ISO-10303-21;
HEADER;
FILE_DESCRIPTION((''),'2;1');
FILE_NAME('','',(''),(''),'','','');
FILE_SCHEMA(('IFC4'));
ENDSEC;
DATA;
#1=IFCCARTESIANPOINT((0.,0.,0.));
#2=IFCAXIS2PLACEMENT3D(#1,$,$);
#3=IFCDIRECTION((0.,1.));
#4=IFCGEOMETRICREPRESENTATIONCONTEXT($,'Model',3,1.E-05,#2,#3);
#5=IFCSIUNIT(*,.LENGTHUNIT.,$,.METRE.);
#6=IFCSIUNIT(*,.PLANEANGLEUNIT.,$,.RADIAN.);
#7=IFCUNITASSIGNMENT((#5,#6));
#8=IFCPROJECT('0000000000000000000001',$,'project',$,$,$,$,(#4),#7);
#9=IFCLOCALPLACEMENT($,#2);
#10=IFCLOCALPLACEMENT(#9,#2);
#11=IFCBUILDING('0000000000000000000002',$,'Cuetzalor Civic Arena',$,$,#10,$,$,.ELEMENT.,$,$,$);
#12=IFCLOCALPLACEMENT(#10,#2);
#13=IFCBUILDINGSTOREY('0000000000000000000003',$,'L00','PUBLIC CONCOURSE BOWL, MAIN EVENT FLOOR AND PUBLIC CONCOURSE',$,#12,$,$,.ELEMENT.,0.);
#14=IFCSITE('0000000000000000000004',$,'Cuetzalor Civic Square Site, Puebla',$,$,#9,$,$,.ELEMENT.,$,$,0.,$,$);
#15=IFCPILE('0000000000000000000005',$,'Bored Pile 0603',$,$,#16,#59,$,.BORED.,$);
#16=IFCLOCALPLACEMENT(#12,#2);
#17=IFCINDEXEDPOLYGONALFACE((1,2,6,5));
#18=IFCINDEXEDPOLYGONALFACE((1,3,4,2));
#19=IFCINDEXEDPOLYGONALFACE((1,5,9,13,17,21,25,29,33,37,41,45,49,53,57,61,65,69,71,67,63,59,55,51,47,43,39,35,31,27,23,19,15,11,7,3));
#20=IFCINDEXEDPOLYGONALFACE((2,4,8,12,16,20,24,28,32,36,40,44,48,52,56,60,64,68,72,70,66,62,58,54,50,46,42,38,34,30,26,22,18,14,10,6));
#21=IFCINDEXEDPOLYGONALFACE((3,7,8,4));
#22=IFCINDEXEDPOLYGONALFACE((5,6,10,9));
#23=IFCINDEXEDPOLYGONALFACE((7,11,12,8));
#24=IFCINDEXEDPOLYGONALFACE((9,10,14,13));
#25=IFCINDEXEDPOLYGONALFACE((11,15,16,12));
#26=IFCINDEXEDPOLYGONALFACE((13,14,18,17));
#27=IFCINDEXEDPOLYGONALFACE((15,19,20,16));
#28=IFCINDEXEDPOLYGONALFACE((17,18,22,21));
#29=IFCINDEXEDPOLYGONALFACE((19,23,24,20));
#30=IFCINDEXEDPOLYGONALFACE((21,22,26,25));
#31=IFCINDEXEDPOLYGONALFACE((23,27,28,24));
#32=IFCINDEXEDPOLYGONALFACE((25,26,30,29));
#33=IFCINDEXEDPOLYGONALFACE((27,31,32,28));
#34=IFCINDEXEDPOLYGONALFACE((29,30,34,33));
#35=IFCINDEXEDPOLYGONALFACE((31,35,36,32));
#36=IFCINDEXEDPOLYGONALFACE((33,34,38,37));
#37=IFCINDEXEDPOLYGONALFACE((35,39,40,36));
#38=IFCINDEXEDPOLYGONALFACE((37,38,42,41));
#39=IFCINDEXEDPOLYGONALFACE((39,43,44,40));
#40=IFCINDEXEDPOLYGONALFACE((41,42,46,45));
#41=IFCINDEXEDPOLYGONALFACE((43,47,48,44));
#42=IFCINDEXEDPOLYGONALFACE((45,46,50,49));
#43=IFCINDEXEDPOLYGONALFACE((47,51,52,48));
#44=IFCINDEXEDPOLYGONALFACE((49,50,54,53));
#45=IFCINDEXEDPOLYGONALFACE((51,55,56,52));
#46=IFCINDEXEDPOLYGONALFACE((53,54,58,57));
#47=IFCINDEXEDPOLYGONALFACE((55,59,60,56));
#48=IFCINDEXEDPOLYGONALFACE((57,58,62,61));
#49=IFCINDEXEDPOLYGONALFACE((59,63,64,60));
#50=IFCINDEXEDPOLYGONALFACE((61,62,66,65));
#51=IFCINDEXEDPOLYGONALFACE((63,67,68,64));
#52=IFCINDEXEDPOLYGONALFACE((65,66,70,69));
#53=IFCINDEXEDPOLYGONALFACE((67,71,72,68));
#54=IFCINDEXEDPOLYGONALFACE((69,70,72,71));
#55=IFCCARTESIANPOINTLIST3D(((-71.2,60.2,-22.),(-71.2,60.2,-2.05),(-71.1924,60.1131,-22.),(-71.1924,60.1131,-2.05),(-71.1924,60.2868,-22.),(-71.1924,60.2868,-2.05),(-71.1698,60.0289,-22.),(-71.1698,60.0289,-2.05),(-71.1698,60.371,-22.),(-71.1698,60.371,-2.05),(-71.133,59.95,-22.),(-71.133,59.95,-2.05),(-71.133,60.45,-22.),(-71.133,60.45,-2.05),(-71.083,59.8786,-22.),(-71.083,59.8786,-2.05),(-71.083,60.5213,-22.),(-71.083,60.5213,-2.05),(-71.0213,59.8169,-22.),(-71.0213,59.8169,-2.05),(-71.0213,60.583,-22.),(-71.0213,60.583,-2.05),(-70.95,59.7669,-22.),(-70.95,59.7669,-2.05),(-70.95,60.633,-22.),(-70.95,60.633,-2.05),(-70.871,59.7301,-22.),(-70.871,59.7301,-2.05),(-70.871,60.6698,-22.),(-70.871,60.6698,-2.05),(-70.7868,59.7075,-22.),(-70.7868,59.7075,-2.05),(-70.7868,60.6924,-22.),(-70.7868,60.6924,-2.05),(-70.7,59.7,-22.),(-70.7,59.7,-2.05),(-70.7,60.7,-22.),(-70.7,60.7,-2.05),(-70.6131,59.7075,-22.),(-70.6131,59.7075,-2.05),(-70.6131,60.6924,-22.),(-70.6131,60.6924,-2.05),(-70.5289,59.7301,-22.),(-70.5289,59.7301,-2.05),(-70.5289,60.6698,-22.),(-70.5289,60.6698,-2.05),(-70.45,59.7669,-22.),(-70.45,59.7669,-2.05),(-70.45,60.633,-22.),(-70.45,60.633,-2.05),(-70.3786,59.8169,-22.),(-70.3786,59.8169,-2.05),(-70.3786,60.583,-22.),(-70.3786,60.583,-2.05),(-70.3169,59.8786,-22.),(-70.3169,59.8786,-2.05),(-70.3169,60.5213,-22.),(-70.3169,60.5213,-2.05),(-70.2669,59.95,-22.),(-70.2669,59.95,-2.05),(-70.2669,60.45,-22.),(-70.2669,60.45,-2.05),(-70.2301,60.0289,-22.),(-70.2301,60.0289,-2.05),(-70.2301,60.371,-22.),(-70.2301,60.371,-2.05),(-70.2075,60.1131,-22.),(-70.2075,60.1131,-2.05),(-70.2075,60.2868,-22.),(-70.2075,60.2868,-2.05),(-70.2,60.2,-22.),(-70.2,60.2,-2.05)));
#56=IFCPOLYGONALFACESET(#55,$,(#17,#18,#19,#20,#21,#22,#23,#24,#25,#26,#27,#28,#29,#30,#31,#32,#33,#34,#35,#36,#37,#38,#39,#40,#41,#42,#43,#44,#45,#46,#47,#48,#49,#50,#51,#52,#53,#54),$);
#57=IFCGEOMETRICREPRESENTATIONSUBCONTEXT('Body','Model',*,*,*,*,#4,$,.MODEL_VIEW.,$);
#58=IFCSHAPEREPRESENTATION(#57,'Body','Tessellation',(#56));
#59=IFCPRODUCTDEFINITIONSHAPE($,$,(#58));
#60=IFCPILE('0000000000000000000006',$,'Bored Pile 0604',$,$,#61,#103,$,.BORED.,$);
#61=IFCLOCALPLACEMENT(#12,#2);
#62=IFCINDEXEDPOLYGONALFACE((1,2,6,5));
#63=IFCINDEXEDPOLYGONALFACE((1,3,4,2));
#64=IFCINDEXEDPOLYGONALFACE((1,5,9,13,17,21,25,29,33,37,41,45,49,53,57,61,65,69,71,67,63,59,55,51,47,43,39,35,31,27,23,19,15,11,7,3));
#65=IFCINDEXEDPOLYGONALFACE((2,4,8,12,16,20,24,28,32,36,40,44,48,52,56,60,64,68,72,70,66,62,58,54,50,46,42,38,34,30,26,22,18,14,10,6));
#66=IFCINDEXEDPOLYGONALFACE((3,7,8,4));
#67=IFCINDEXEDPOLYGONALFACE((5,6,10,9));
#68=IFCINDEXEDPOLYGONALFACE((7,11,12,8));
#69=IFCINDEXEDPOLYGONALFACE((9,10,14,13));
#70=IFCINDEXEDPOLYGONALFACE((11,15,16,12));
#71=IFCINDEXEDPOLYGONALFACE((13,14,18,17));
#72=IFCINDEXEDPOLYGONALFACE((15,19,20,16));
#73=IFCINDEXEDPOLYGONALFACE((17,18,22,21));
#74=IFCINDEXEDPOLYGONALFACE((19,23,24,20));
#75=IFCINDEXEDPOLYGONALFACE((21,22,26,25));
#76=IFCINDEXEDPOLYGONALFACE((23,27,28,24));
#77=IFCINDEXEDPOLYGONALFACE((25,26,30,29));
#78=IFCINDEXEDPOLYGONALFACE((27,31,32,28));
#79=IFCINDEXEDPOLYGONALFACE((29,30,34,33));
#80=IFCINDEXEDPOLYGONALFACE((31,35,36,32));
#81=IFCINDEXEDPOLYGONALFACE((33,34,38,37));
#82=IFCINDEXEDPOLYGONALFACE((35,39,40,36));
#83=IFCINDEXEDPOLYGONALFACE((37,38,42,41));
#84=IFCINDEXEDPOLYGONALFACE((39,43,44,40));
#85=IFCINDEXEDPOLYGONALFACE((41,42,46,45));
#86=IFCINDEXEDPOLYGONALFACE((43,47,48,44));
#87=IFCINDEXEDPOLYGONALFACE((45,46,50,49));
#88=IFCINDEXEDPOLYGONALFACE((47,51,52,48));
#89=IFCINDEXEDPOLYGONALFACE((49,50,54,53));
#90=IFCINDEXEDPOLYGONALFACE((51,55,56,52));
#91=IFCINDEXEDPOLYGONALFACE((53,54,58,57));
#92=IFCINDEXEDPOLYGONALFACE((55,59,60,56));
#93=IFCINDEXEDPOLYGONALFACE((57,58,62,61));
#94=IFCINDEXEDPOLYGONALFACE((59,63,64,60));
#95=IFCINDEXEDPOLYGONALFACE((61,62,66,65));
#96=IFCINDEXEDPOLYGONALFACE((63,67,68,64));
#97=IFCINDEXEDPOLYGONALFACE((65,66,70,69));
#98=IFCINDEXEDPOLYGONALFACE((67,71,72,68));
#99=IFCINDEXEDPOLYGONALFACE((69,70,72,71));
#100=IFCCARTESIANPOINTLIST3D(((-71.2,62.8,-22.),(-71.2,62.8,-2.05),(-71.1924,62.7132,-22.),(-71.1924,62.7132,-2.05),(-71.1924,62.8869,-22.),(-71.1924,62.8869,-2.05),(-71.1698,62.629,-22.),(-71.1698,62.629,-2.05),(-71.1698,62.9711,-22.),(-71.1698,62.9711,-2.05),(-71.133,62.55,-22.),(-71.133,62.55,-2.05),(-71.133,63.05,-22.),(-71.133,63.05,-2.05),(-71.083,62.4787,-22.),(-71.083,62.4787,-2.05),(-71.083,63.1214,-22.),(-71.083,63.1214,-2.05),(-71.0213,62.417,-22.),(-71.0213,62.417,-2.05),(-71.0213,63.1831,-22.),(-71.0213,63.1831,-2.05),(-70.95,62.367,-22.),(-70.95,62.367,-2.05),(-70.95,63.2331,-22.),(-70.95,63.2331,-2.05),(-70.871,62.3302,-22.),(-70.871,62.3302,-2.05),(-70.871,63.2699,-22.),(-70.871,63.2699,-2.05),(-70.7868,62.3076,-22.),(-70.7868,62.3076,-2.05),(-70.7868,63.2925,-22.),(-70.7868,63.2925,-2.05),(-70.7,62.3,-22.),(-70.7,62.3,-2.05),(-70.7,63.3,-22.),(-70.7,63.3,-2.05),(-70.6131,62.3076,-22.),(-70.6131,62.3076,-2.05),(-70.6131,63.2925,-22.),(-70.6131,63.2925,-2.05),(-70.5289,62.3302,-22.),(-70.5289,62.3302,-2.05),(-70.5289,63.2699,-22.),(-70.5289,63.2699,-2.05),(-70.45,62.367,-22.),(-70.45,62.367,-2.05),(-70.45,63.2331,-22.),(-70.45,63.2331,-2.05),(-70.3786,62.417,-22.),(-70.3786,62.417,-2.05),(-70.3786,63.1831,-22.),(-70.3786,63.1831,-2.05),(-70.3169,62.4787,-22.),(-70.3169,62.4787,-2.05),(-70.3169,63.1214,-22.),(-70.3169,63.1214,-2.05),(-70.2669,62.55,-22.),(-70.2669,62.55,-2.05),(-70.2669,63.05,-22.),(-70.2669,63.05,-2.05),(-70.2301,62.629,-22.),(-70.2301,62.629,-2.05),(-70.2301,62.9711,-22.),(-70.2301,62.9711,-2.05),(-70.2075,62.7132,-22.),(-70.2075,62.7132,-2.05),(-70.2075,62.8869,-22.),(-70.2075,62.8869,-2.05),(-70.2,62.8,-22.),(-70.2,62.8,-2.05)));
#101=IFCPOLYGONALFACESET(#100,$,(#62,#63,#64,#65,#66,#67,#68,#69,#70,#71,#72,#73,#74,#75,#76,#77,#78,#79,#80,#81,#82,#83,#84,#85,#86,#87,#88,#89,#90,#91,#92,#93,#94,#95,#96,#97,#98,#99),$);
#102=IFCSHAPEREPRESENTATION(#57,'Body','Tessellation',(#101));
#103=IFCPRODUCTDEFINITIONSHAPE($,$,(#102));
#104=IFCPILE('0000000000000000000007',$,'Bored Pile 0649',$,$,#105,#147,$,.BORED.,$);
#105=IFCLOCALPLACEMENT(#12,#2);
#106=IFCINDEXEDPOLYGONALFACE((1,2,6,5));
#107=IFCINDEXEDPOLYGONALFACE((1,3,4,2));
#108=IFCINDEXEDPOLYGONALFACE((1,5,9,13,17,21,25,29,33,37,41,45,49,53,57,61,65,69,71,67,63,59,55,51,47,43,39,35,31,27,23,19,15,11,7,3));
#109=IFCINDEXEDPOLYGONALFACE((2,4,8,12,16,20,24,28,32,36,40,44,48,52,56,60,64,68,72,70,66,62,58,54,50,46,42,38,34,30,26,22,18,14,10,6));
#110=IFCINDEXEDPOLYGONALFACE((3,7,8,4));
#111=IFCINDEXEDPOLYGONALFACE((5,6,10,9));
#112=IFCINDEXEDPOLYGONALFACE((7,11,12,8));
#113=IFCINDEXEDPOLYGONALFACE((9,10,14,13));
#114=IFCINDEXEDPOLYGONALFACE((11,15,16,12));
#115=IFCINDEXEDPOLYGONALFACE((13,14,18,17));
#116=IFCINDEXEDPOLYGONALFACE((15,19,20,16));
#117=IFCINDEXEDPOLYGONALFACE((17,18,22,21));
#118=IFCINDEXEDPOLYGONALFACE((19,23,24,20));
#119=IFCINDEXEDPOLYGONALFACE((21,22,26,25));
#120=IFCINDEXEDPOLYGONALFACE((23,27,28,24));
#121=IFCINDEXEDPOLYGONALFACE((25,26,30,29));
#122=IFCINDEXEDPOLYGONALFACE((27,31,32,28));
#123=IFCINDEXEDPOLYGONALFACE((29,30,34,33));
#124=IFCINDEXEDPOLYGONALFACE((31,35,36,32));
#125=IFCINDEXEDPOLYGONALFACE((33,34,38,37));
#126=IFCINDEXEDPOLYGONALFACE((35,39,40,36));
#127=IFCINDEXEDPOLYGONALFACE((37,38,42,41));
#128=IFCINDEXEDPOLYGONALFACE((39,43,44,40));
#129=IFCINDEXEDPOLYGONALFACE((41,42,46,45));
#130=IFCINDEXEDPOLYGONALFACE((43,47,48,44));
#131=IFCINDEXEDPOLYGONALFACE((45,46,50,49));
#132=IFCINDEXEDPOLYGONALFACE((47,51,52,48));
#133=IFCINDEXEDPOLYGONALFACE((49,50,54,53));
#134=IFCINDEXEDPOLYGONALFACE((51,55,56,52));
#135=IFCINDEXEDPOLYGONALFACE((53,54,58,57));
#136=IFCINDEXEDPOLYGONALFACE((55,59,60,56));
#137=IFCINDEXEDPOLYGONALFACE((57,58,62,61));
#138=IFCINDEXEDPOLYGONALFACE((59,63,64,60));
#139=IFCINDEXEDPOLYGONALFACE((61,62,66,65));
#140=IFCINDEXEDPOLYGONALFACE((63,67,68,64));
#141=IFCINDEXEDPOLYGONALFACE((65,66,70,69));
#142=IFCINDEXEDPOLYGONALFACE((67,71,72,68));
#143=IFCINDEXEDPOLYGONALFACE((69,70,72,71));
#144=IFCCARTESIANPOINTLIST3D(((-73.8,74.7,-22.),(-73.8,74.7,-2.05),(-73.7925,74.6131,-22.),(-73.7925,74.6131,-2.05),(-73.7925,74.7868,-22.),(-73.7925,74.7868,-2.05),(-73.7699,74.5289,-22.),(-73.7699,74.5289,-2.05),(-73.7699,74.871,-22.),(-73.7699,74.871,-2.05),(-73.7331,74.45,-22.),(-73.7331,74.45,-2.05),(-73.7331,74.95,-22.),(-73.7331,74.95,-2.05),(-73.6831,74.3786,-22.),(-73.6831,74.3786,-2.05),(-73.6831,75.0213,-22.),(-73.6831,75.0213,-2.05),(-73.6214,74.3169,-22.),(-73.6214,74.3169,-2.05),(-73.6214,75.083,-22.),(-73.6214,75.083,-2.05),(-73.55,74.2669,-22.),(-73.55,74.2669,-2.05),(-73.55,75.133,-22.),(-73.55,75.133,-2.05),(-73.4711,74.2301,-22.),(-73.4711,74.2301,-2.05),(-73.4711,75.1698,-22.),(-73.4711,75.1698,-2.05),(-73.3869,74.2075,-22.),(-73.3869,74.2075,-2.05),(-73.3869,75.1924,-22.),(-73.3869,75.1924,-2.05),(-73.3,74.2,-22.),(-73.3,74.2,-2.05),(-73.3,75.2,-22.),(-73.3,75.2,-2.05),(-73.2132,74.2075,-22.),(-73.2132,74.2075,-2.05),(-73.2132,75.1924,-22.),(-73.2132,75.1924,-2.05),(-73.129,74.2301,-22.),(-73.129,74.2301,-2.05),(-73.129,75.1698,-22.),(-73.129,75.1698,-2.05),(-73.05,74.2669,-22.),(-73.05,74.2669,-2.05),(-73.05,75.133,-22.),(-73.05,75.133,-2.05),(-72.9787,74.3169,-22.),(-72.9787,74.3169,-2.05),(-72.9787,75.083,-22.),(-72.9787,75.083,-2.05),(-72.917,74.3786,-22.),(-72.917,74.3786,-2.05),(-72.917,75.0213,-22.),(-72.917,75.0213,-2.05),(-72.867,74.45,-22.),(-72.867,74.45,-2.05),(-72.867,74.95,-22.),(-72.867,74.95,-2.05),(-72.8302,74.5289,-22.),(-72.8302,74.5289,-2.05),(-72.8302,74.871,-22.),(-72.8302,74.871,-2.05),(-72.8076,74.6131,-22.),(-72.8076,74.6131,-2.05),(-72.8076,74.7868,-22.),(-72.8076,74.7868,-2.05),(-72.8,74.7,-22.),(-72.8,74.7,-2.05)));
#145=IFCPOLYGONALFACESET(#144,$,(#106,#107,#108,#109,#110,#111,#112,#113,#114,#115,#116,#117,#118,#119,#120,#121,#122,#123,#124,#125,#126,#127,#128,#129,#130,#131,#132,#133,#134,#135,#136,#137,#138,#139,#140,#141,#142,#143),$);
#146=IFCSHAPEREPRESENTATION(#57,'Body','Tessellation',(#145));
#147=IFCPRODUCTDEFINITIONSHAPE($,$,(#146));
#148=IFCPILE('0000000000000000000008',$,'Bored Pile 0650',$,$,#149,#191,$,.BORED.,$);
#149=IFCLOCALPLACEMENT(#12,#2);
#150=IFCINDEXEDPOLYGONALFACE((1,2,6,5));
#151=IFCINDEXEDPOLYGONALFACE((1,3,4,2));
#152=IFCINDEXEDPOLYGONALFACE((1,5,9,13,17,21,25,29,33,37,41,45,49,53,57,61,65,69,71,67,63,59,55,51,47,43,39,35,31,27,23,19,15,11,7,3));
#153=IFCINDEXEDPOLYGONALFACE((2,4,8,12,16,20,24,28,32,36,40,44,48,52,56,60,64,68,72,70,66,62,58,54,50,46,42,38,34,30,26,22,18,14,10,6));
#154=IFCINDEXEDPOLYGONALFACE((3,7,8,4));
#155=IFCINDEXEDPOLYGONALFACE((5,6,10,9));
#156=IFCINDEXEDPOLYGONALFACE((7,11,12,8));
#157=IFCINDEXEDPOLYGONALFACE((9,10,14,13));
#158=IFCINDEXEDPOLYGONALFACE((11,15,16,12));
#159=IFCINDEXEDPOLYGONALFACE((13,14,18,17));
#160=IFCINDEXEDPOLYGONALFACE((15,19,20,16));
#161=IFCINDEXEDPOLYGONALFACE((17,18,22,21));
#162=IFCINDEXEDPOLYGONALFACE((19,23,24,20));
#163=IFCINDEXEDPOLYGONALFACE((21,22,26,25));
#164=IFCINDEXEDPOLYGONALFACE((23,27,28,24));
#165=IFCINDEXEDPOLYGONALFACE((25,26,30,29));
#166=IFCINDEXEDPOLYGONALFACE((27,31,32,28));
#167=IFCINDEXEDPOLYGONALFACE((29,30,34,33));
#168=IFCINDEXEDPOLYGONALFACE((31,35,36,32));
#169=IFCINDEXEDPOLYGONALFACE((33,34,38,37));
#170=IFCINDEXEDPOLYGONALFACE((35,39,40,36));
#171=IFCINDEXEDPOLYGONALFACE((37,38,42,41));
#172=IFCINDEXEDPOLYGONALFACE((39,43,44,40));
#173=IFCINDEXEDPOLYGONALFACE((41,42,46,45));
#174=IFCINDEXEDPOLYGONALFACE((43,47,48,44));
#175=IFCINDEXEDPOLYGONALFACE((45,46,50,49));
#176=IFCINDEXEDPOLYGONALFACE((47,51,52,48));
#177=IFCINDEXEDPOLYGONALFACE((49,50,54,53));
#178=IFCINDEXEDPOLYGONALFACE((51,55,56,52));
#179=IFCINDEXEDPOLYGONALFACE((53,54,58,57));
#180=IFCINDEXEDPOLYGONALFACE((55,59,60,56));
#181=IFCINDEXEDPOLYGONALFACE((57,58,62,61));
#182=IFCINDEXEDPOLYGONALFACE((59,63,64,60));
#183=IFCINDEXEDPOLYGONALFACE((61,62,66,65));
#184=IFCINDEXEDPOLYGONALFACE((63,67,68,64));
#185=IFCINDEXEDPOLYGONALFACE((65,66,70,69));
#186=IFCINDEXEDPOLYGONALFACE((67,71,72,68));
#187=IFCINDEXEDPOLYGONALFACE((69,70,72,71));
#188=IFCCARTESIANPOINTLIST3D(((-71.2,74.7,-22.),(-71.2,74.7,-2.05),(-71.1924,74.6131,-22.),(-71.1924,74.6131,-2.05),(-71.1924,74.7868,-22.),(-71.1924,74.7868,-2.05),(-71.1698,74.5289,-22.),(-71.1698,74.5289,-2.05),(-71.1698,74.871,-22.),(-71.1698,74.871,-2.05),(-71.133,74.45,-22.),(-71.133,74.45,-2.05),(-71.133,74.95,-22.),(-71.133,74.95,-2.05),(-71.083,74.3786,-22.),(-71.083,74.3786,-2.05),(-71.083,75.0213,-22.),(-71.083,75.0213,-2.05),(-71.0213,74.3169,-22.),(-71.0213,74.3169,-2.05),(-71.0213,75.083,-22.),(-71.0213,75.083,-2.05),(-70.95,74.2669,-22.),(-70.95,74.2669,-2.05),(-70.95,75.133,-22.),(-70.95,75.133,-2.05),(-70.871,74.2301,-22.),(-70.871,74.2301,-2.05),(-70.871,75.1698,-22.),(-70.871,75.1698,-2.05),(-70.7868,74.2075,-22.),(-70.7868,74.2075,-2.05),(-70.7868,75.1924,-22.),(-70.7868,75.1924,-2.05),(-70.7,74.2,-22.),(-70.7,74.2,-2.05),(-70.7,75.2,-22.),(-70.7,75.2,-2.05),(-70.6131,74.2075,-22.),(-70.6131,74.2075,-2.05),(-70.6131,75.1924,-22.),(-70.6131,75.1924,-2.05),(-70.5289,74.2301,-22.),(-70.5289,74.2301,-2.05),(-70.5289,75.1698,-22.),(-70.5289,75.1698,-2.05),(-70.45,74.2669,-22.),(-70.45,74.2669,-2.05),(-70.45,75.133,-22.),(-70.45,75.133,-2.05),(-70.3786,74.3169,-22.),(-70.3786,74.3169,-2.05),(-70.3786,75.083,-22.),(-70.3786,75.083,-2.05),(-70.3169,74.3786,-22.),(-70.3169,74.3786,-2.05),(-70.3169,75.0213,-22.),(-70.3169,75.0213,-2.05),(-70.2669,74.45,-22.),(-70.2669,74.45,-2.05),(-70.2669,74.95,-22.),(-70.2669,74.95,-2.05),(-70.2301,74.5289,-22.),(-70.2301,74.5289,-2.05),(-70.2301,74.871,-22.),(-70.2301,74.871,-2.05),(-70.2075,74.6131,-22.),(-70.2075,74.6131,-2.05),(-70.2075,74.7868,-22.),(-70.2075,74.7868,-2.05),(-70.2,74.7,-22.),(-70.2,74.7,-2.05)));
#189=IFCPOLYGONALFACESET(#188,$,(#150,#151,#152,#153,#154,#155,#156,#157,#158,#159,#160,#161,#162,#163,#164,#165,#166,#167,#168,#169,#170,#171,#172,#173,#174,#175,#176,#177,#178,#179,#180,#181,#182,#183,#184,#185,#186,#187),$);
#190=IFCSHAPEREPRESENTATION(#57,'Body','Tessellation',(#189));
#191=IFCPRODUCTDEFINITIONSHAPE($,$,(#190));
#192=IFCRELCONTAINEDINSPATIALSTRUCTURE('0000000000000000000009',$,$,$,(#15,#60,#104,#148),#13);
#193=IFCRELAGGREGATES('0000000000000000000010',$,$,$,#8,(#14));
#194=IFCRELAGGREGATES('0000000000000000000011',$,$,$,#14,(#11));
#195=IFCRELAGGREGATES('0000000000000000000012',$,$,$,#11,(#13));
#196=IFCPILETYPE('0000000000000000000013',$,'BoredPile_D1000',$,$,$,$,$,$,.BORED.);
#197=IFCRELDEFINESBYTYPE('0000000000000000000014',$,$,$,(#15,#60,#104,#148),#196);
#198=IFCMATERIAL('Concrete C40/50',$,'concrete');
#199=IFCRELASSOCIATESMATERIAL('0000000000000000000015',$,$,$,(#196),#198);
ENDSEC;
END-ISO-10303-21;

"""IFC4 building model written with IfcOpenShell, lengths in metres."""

from ifc_helpers import new_model, si_unit, direction, frame, origin, origin_2d, place, context, subcontext, project, spatial, circle, extrude, material, material_profile, profile_set, type_object, element, save


model = new_model("IFC4")

# Units and contexts
model_context = context("Model", 3, precision=1e-05, world=origin(), true_north=direction((0.0, 1.0)))
body_context = subcontext(model_context, "Body", "Model", "MODEL_VIEW")
ifc_project = project(units=[si_unit("LENGTHUNIT", "METRE"), si_unit("PLANEANGLEUNIT", "RADIAN")], contexts=[model_context])

# Site, building, storey
site_placement = place(None, origin())
site = spatial("IfcSite", under=ifc_project, at=site_placement, Name="Cuetzalor Civic Square Site, Puebla", CompositionType="ELEMENT", RefElevation=0.0)
building_placement = place(site_placement, origin())
building = spatial("IfcBuilding", under=site, at=building_placement, Name="Cuetzalor Civic Arena", CompositionType="ELEMENT")
storey_placement = place(building_placement, origin())
storey = spatial("IfcBuildingStorey", under=building, at=storey_placement, Name="L00", Description="PUBLIC CONCOURSE BOWL, MAIN EVENT FLOOR AND PUBLIC CONCOURSE", CompositionType="ELEMENT", Elevation=0.0)

# Piles
ifc_material_1 = material(Name="Concrete C40/50", Category="concrete")
ifc_material_profile_1 = material_profile(ifc_material_1, circle(Radius=0.5, at=origin_2d()), Name="BORED PILE D1000")
ifc_profile_set_1 = profile_set([ifc_material_profile_1], Name="Concrete C40/50")
pile_type = type_object("IfcPileType", Name="BoredPile_D1000", PredefinedType="BORED", material=ifc_profile_set_1)
for number, where, z_axis, x_axis, name in (
    (1, (-70.7, 60.2, -2.05), (0.0, 0.0, -1.0), (1.0, 0.0, 0.0), "Bored Pile 0603"),
    (2, (-70.7, 62.8, -2.05), (0.0, 0.0, -1.0), (1.0, 0.0, 0.0), "Bored Pile 0604"),
    (3, (-73.3, 74.7, -2.05), (0.0, 0.0, -1.0), (1.0, 0.0, 0.0), "Bored Pile 0649"),
    (4, (-70.7, 74.7, -2.05), (0.0, 0.0, -1.0), (1.0, 0.0, 0.0), "Bored Pile 0650"),
):
    element("IfcPile", number, at=place(storey_placement, frame(where, z_axis=z_axis, x_axis=x_axis)), inside=storey, type_object=pile_type, Name=name, PredefinedType="BORED", context=body_context, shape_type="SweptSolid", body=[
        extrude(circle(Radius=0.5, at=origin_2d()), origin(), (0.0, 0.0, 1.0), 19.95),
    ])

save(model, "model.ifc")
